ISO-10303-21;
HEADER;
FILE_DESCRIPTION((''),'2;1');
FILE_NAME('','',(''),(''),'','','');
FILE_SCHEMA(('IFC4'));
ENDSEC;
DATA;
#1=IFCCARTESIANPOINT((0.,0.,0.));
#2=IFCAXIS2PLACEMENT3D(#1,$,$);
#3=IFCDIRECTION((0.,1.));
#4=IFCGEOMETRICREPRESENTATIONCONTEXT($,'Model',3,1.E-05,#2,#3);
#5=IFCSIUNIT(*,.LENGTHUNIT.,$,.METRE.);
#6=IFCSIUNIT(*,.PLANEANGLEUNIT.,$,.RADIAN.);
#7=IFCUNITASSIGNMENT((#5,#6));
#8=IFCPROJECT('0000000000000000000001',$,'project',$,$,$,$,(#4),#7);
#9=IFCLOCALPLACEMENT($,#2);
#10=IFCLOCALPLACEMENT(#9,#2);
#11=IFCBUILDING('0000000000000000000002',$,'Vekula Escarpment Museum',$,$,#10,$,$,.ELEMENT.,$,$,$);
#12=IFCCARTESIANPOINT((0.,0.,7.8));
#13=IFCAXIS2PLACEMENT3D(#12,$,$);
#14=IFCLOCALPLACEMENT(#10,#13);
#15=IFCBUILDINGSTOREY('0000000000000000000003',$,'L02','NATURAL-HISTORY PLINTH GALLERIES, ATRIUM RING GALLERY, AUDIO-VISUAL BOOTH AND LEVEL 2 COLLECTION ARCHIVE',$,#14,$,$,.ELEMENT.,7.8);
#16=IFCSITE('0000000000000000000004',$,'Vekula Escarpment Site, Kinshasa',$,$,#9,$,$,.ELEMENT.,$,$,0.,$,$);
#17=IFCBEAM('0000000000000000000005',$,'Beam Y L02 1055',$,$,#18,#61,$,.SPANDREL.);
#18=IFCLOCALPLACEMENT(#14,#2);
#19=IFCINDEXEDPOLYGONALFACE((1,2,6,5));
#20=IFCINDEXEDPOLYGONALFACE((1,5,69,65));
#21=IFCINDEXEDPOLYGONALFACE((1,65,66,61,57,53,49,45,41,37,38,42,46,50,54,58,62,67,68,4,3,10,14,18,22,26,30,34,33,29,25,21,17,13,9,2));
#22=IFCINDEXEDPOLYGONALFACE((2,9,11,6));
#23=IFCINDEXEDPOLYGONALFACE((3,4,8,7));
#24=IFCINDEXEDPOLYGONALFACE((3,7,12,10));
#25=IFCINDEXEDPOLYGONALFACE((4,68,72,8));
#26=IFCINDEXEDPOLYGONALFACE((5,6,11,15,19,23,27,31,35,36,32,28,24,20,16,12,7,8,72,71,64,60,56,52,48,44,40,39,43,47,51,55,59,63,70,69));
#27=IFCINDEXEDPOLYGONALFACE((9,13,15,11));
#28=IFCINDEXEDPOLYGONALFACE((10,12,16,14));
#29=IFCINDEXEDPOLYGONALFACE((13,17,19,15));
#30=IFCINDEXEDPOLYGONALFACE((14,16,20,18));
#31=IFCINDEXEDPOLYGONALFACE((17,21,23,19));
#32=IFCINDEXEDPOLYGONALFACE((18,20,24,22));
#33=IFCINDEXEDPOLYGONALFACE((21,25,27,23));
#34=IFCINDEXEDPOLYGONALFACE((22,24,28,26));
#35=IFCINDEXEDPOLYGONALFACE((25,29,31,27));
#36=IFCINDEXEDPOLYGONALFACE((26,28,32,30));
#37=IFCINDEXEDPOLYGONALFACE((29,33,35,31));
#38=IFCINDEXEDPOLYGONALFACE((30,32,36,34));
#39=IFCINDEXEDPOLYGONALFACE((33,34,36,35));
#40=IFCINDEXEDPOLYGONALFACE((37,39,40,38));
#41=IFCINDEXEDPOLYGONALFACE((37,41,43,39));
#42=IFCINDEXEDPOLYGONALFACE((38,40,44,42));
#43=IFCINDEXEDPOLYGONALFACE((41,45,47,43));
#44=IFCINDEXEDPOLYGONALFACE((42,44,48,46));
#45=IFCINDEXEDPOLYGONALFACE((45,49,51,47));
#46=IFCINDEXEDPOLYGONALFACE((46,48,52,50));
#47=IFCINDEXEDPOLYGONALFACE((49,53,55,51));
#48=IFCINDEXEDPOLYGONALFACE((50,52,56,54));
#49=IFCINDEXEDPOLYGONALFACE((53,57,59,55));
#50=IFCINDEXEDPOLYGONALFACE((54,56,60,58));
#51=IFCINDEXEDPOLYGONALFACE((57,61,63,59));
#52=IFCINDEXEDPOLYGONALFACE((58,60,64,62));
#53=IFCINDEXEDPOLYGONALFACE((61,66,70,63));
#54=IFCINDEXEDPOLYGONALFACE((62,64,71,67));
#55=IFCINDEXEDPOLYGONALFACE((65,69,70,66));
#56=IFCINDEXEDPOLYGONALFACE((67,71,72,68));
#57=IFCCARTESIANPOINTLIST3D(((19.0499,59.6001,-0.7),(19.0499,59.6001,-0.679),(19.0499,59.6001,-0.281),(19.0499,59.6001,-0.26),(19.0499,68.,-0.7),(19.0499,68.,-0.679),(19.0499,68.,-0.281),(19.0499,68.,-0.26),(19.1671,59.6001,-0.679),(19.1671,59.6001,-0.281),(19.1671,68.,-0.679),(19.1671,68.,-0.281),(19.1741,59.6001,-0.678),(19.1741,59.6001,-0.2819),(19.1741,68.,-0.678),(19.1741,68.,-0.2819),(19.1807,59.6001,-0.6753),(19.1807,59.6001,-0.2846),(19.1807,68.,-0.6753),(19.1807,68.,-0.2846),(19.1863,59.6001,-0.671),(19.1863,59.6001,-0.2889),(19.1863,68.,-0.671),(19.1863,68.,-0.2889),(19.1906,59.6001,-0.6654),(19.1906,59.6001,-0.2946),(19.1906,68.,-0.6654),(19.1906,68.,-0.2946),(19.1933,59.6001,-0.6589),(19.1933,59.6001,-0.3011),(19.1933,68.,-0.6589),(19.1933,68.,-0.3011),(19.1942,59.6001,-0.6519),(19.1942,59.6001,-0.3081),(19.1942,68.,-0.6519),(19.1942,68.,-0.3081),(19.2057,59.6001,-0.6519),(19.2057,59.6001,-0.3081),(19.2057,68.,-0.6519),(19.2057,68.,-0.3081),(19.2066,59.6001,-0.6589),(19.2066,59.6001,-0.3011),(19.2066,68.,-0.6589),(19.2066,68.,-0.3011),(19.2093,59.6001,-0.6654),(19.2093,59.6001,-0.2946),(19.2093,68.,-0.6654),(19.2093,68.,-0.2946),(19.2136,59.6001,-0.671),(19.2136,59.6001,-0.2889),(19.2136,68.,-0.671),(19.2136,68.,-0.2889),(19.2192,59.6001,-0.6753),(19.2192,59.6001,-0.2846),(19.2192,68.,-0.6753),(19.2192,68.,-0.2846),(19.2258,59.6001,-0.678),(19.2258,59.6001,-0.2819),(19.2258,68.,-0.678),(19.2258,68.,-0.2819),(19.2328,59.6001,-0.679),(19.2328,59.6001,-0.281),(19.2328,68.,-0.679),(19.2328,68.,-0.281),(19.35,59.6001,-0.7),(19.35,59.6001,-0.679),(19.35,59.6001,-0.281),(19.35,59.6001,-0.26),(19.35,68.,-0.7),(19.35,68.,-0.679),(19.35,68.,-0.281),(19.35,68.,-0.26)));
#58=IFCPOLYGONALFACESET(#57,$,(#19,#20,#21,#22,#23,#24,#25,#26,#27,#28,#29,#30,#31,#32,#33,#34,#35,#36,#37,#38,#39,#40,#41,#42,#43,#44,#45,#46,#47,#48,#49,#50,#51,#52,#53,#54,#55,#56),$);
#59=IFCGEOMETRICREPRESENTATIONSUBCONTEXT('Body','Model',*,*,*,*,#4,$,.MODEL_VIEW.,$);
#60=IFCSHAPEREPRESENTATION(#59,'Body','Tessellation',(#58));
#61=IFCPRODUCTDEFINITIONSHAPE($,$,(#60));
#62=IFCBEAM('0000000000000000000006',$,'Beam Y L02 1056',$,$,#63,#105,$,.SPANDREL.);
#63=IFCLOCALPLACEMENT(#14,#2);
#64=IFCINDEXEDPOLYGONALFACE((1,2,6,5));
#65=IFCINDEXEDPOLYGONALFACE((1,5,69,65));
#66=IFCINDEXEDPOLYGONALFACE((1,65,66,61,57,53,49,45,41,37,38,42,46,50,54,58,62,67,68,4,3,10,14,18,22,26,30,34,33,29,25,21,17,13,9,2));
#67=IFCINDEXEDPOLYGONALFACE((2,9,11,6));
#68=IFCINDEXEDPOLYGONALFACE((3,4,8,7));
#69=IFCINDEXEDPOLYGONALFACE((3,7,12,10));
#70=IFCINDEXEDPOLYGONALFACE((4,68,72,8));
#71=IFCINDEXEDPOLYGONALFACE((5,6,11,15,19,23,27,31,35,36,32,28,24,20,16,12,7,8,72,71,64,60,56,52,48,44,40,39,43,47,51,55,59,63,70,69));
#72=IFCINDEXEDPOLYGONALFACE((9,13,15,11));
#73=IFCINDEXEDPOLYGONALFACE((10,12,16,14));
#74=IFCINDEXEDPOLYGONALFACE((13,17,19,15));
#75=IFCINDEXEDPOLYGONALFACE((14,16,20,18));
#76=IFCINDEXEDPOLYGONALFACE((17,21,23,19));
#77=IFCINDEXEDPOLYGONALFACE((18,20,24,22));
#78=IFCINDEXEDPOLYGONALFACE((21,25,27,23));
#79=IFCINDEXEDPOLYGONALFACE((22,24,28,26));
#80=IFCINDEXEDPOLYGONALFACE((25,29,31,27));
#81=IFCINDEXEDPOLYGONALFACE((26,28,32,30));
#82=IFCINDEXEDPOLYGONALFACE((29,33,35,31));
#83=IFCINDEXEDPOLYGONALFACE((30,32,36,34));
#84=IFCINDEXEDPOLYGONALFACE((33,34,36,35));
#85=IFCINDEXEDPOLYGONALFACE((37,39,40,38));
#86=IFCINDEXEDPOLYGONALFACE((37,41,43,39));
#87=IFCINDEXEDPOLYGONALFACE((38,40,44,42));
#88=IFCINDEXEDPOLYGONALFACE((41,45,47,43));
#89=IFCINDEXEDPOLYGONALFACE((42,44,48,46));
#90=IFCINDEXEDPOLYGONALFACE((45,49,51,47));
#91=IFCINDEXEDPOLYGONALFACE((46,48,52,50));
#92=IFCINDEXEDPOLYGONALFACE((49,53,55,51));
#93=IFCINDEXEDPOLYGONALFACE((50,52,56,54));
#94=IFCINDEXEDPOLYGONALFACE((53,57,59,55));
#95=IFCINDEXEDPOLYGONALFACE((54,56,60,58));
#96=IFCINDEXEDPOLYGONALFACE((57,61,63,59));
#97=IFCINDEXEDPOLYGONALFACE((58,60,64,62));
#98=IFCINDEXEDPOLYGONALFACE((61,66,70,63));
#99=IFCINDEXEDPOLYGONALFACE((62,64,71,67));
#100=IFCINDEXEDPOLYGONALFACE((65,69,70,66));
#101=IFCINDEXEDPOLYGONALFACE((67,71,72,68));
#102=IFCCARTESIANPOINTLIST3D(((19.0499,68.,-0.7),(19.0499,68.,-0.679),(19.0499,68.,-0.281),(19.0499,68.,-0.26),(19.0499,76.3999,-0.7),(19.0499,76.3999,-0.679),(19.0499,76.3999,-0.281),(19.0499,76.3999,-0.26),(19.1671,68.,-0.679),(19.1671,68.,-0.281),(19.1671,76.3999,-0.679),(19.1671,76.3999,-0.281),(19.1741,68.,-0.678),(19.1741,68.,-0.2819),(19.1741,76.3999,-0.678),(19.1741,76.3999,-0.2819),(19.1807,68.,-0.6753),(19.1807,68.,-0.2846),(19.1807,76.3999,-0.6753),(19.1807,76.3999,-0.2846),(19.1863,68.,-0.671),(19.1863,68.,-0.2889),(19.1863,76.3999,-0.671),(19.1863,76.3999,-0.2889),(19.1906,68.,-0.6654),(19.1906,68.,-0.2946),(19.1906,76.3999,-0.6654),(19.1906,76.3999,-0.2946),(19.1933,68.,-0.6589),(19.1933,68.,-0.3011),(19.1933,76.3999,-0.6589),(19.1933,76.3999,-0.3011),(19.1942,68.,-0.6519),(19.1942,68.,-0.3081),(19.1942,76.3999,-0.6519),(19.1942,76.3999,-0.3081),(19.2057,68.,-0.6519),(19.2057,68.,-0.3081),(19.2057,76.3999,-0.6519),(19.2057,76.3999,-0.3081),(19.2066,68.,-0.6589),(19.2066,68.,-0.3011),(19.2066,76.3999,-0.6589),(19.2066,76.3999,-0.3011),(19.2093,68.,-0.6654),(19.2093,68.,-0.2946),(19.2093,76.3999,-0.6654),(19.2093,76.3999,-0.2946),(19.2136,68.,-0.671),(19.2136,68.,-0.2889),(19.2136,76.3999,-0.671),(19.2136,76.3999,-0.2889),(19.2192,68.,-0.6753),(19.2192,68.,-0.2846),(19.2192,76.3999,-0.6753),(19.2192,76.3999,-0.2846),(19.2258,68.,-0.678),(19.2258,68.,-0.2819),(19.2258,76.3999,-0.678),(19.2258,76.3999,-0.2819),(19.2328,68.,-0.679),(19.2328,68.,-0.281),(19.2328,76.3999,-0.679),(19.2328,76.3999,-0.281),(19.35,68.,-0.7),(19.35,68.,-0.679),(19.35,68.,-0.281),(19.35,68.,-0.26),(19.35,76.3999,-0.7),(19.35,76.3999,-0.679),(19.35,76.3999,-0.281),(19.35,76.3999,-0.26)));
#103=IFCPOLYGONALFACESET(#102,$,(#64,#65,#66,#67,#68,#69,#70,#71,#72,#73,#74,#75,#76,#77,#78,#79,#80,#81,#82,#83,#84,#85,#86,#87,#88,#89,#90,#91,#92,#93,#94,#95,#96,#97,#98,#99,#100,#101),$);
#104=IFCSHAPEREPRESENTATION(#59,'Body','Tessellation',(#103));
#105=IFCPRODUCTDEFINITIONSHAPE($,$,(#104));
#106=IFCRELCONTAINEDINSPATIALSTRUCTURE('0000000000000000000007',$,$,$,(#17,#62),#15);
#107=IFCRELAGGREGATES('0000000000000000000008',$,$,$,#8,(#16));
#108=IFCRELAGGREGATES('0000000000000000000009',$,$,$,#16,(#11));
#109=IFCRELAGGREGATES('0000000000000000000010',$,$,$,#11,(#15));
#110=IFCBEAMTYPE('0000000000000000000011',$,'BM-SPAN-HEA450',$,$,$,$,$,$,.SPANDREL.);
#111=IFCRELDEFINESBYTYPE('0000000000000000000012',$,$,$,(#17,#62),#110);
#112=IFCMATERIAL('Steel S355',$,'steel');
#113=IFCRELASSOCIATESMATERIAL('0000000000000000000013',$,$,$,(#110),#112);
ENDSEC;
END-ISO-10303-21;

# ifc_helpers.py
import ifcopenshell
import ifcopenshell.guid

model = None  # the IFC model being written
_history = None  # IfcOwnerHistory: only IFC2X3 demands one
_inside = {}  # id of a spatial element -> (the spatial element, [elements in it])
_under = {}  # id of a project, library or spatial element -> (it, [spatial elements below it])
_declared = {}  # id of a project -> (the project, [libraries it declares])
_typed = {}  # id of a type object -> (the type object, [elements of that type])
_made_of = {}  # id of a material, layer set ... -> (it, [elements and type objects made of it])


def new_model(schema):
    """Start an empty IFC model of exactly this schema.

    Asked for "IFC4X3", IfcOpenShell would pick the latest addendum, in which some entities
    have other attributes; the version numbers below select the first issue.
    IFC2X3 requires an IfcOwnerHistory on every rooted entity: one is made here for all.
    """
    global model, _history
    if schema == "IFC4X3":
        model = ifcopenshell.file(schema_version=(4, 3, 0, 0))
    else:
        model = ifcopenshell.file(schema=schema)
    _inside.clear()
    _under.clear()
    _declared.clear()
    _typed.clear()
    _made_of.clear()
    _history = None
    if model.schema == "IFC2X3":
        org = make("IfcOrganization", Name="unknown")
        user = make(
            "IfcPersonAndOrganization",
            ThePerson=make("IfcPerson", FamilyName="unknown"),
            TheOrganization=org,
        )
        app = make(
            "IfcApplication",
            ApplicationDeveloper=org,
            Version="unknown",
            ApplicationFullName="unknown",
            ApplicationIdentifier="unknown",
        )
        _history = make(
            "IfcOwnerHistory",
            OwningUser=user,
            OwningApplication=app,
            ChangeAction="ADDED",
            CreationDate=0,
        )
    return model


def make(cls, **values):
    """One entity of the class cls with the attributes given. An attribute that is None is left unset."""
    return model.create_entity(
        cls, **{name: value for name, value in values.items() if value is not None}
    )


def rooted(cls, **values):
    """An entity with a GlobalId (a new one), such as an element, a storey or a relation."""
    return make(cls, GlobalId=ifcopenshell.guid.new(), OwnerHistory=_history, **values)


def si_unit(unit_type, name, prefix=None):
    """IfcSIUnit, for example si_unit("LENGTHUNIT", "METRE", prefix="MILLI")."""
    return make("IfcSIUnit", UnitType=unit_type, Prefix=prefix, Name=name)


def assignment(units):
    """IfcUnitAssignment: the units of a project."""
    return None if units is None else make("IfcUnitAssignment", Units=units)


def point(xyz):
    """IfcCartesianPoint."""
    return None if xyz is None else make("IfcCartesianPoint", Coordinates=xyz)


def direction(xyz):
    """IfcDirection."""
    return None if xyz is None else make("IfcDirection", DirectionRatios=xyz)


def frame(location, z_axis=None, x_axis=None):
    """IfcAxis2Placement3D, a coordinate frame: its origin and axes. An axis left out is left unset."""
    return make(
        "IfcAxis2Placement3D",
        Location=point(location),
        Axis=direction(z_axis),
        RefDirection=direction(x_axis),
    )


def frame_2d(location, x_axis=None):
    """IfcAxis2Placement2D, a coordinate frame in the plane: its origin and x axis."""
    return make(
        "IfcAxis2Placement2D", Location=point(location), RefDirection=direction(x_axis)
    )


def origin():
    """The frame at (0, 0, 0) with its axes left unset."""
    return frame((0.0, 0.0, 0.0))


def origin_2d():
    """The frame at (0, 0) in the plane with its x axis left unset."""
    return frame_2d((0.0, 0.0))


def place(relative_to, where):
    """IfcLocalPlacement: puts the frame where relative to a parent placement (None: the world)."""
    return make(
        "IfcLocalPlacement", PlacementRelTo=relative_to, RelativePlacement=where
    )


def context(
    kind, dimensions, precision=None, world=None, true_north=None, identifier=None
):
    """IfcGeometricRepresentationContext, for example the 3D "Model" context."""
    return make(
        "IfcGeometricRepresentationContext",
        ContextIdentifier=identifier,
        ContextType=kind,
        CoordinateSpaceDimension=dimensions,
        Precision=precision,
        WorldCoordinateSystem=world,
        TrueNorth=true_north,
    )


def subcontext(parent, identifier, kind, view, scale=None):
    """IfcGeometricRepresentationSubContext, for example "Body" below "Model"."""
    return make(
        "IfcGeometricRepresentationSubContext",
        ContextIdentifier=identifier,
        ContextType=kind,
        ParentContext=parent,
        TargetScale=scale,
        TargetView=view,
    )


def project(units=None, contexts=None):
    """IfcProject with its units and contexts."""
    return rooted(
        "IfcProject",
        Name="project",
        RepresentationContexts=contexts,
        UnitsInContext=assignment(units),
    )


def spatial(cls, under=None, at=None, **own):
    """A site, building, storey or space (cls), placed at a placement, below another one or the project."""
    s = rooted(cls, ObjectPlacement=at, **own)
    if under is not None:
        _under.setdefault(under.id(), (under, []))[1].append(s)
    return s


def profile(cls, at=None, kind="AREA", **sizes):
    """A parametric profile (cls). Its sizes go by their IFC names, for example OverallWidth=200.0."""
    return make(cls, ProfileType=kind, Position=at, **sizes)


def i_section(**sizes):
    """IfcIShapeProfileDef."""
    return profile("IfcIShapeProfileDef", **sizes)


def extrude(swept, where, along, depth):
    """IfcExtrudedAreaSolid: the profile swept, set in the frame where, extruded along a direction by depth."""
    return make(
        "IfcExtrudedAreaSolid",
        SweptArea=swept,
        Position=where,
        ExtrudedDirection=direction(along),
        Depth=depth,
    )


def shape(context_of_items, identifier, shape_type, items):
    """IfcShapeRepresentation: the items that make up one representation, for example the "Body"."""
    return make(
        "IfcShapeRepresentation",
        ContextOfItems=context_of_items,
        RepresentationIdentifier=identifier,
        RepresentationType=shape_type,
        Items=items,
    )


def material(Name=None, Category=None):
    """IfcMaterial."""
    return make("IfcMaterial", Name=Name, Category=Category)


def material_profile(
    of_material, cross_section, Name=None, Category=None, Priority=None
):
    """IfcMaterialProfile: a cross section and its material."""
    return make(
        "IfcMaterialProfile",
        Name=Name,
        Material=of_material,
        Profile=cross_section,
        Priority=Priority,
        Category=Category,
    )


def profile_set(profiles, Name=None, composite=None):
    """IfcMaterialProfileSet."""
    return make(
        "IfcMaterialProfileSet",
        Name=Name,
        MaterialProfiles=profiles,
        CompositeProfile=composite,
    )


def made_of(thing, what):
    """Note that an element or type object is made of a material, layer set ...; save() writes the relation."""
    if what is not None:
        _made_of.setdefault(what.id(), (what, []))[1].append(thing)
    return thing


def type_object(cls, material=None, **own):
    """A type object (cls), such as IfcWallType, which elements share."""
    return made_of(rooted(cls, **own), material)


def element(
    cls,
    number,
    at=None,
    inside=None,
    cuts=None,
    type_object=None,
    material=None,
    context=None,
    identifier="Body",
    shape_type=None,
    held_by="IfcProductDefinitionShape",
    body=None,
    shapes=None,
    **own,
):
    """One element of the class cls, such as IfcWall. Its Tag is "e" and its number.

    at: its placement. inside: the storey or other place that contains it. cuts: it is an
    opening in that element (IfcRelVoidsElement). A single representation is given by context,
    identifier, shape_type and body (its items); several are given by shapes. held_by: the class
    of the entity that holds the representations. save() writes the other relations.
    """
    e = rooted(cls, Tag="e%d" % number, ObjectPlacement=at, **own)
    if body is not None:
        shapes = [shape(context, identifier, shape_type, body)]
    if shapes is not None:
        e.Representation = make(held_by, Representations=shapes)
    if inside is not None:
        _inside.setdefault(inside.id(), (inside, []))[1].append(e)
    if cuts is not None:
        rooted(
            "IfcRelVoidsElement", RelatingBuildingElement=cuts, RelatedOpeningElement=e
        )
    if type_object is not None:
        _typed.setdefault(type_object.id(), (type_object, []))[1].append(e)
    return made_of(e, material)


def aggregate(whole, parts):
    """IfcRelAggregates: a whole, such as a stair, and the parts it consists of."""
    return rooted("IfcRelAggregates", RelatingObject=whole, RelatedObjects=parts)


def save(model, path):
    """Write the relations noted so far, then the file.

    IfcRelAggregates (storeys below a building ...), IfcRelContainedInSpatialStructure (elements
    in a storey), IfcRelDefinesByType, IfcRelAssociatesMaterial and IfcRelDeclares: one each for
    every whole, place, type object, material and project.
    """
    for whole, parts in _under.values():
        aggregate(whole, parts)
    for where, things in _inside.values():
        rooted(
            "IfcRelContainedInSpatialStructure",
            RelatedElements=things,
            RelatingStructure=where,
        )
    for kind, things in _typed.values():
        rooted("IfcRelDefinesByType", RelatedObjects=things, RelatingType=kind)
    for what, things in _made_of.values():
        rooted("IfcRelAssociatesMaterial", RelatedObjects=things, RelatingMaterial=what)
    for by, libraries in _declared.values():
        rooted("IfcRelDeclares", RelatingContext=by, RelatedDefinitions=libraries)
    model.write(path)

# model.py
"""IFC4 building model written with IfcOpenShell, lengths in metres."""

from ifc_helpers import new_model, si_unit, direction, frame, origin, origin_2d, place, context, subcontext, project, spatial, i_section, extrude, material, material_profile, profile_set, type_object, element, save


model = new_model("IFC4")

# Units and contexts
model_context = context("Model", 3, precision=1e-05, world=origin(), true_north=direction((0.0, 1.0)))
body_context = subcontext(model_context, "Body", "Model", "MODEL_VIEW")
ifc_project = project(units=[si_unit("LENGTHUNIT", "METRE"), si_unit("PLANEANGLEUNIT", "RADIAN")], contexts=[model_context])

# Site, building, storey
site_placement = place(None, origin())
site = spatial("IfcSite", under=ifc_project, at=site_placement, Name="Vekula Escarpment Site, Kinshasa", CompositionType="ELEMENT", RefElevation=0.0)
building_placement = place(site_placement, origin())
building = spatial("IfcBuilding", under=site, at=building_placement, Name="Vekula Escarpment Museum", CompositionType="ELEMENT")
storey_placement = place(building_placement, frame((0.0, 0.0, 7.8)))
storey = spatial("IfcBuildingStorey", under=building, at=storey_placement, Name="L02", Description="NATURAL-HISTORY PLINTH GALLERIES, ATRIUM RING GALLERY, AUDIO-VISUAL BOOTH AND LEVEL 2 COLLECTION ARCHIVE", CompositionType="ELEMENT", Elevation=7.8)

# Beams
ifc_material_1 = material(Name="Steel S355", Category="steel")
ifc_material_profile_1 = material_profile(ifc_material_1, i_section(OverallWidth=0.3, OverallDepth=0.4399, WebThickness=0.0115, FlangeThickness=0.021, FilletRadius=0.0271, at=origin_2d()), Name="HEA 450")
ifc_profile_set_1 = profile_set([ifc_material_profile_1], Name="Steel S355")
beam_type_1 = type_object("IfcBeamType", Name="BM-SPAN-HEA450", PredefinedType="SPANDREL", material=ifc_profile_set_1)
for number, where, z_axis, x_axis, name in (
    (1, (19.2, 59.6001, -0.48), (0.0, 1.0, 0.0), (-1.0, 0.0, 0.0), "Beam Y L02 1055"),
    (2, (19.2, 68.0, -0.48), (0.0, 1.0, 0.0), (-1.0, 0.0, 0.0), "Beam Y L02 1056"),
):
    element("IfcBeam", number, at=place(storey_placement, frame(where, z_axis=z_axis, x_axis=x_axis)), inside=storey, type_object=beam_type_1, Name=name, PredefinedType="SPANDREL", context=body_context, shape_type="SweptSolid", body=[
        extrude(i_section(OverallWidth=0.3, OverallDepth=0.4399, WebThickness=0.0115, FlangeThickness=0.021, FilletRadius=0.0271, at=origin_2d()), origin(), (0.0, 0.0, 1.0), 8.3999),
    ])

save(model, "model.ifc")
